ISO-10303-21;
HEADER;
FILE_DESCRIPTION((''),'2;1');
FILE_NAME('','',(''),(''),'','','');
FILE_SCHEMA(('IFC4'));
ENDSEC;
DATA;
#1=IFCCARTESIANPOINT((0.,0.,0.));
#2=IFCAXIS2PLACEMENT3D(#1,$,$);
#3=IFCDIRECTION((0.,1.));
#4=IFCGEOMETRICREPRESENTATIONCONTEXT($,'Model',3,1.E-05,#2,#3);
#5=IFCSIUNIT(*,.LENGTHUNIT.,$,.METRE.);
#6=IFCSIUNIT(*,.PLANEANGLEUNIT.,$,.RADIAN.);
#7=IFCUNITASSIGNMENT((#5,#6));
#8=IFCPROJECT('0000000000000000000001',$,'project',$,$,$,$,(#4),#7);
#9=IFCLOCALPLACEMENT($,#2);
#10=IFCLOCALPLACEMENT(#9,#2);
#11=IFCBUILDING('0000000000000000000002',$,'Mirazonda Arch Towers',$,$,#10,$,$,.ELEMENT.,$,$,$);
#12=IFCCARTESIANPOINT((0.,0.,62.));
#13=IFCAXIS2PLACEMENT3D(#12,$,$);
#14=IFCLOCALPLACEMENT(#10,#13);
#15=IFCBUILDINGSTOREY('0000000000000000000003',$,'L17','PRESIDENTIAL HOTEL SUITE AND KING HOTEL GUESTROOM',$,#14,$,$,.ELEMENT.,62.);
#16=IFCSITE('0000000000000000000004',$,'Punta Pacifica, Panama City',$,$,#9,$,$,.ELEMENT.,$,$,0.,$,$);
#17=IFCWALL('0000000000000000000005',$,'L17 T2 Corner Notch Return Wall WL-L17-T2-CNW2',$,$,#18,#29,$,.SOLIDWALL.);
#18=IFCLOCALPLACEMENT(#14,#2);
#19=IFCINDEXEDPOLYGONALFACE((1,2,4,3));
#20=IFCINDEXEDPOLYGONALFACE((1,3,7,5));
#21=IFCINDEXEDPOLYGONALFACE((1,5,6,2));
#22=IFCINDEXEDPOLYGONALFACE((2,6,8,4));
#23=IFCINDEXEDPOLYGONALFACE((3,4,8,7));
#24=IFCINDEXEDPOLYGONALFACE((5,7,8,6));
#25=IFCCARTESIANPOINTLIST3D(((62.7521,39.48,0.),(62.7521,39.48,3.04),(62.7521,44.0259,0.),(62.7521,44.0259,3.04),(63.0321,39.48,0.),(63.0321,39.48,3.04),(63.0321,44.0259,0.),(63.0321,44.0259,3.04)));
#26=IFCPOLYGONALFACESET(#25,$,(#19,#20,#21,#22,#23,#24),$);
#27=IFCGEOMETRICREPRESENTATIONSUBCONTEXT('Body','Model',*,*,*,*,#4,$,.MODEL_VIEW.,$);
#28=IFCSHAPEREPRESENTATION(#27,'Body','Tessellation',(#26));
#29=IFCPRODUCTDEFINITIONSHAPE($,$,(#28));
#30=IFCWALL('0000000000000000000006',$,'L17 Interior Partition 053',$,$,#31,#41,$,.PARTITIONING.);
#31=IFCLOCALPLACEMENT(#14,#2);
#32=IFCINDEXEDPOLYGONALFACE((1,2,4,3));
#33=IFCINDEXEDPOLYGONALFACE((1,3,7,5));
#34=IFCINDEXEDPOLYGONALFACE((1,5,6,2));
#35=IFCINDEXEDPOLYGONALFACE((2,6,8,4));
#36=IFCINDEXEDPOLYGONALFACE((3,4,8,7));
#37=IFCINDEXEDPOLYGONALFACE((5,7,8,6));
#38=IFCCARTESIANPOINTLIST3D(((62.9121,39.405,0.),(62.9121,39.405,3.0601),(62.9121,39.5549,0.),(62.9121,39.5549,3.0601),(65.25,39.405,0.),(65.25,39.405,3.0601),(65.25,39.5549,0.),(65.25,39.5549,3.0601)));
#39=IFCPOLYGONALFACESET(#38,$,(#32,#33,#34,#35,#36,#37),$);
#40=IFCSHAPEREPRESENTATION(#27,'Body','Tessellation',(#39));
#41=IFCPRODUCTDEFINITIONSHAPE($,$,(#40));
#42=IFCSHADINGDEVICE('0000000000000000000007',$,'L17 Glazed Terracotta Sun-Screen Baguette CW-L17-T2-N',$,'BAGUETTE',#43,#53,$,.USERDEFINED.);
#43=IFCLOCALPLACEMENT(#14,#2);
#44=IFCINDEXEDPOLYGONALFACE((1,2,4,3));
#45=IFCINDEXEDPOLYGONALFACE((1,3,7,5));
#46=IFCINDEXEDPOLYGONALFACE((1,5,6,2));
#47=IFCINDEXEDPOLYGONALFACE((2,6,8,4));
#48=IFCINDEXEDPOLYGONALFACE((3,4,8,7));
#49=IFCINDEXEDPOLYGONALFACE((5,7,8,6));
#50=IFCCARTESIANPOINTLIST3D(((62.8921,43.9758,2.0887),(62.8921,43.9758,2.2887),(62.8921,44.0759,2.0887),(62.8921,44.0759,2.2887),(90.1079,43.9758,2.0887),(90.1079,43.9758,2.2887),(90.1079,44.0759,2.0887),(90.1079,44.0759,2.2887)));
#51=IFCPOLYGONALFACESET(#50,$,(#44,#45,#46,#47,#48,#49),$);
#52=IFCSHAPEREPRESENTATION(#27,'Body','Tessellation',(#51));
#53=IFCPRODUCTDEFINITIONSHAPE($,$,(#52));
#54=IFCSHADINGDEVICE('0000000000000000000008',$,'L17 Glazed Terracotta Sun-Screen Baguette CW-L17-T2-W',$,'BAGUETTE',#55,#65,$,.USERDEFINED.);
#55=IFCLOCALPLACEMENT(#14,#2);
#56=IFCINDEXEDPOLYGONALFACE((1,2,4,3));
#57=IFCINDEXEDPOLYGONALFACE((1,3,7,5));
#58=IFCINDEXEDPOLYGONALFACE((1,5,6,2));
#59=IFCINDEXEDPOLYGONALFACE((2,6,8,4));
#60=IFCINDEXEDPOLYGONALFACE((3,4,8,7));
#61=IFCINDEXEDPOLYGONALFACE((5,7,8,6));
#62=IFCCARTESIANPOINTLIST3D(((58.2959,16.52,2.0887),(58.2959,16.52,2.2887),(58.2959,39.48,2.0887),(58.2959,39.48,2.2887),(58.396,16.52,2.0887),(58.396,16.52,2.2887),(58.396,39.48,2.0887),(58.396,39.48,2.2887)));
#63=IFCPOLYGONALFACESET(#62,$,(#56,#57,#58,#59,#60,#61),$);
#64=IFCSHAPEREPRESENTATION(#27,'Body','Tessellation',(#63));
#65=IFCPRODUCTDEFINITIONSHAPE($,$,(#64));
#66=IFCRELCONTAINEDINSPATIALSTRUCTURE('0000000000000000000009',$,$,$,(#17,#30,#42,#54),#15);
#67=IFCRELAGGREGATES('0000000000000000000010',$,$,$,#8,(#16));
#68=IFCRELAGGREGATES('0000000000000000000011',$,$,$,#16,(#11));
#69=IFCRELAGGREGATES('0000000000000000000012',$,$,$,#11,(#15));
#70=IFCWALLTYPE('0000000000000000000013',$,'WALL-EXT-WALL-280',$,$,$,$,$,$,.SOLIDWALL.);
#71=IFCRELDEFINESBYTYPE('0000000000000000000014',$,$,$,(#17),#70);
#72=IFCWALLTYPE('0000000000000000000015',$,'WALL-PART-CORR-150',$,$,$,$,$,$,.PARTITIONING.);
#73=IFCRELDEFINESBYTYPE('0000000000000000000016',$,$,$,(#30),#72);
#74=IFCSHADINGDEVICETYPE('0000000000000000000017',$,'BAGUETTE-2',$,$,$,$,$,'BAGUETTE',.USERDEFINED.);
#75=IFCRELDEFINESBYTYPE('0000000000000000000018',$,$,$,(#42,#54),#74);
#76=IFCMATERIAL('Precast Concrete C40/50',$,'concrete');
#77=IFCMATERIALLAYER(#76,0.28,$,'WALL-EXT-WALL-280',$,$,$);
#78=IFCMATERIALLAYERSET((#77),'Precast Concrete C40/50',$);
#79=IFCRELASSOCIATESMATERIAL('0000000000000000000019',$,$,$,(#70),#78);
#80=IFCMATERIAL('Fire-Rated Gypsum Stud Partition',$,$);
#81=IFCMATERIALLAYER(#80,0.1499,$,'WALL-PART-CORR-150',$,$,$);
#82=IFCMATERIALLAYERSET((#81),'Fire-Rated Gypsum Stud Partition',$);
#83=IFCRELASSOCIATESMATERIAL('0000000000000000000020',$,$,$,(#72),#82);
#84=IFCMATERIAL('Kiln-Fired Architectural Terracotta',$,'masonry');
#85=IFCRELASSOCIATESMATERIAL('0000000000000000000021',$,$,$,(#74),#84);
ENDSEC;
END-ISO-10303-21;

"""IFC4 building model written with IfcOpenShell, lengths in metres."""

from ifc_helpers import new_model, si_unit, direction, frame, frame_2d, origin, origin_2d, place, context, subcontext, project, spatial, rectangle, extrude, material, layer, layer_set, material_profile, profile_set, type_object, element, save


model = new_model("IFC4")

# Units and contexts
model_context = context("Model", 3, precision=1e-05, world=origin(), true_north=direction((0.0, 1.0)))
body_context = subcontext(model_context, "Body", "Model", "MODEL_VIEW")
ifc_project = project(units=[si_unit("LENGTHUNIT", "METRE"), si_unit("PLANEANGLEUNIT", "RADIAN")], contexts=[model_context])

# Site, building, storey
site_placement = place(None, origin())
site = spatial("IfcSite", under=ifc_project, at=site_placement, Name="Punta Pacifica, Panama City", CompositionType="ELEMENT", RefElevation=0.0)
building_placement = place(site_placement, origin())
building = spatial("IfcBuilding", under=site, at=building_placement, Name="Mirazonda Arch Towers", CompositionType="ELEMENT")
storey_placement = place(building_placement, frame((0.0, 0.0, 62.0)))
storey = spatial("IfcBuildingStorey", under=building, at=storey_placement, Name="L17", Description="PRESIDENTIAL HOTEL SUITE AND KING HOTEL GUESTROOM", CompositionType="ELEMENT", Elevation=62.0)

# Shared definitions
ifc_material_1 = material(Name="Precast Concrete C40/50", Category="concrete")
ifc_layer_1 = layer(ifc_material_1, 0.28, Name="WALL-EXT-WALL-280")
ifc_layer_set_1 = layer_set([ifc_layer_1], Name="Precast Concrete C40/50")
wall_type_1 = type_object("IfcWallType", Name="WALL-EXT-WALL-280", PredefinedType="SOLIDWALL", material=ifc_layer_set_1)

# Wall
wall_1_placement = place(storey_placement, frame((62.8921, 44.0259, 0.0), z_axis=(0.0, 0.0, 1.0), x_axis=(0.0, -1.0, 0.0)))
element("IfcWall", 1, at=wall_1_placement, inside=storey, type_object=wall_type_1, Name="L17 T2 Corner Notch Return Wall WL-L17-T2-CNW2", PredefinedType="SOLIDWALL", context=body_context, shape_type="SweptSolid", body=[
    extrude(rectangle(XDim=4.5459, YDim=0.28, at=frame_2d((2.2729, 0.0))), origin(), (0.0, 0.0, 1.0), 3.04),
])

# Shared definitions
ifc_material_2 = material(Name="Fire-Rated Gypsum Stud Partition")
ifc_layer_2 = layer(ifc_material_2, 0.1499, Name="WALL-PART-CORR-150")
ifc_layer_set_2 = layer_set([ifc_layer_2], Name="Fire-Rated Gypsum Stud Partition")
wall_type_2 = type_object("IfcWallType", Name="WALL-PART-CORR-150", PredefinedType="PARTITIONING", material=ifc_layer_set_2)

# Wall
wall_2_placement = place(storey_placement, frame((62.9121, 39.48, 0.0), z_axis=(0.0, 0.0, 1.0), x_axis=(1.0, 0.0, 0.0)))
element("IfcWall", 2, at=wall_2_placement, inside=storey, type_object=wall_type_2, Name="L17 Interior Partition 053", PredefinedType="PARTITIONING", context=body_context, shape_type="SweptSolid", body=[
    extrude(rectangle(XDim=2.3379, YDim=0.1499, at=frame_2d((1.1689, 0.0))), origin(), (0.0, 0.0, 1.0), 3.0601),
])

# Shading devices
ifc_material_3 = material(Name="Kiln-Fired Architectural Terracotta", Category="masonry")
ifc_material_profile_1 = material_profile(ifc_material_3, rectangle(XDim=0.1001, YDim=0.2, at=origin_2d()), Name="TERRA-BAG-100x200")
ifc_profile_set_1 = profile_set([ifc_material_profile_1], Name="Kiln-Fired Architectural Terracotta")
shading_device_type = type_object("IfcShadingDeviceType", Name="BAGUETTE-2", ElementType="BAGUETTE", PredefinedType="USERDEFINED", material=ifc_profile_set_1)
shading_device_1_placement = place(storey_placement, frame((62.8921, 44.0259, 2.1887), z_axis=(1.0, 0.0, 0.0), x_axis=(0.0, 1.0, 0.0)))
element("IfcShadingDevice", 3, at=shading_device_1_placement, inside=storey, type_object=shading_device_type, Name="L17 Glazed Terracotta Sun-Screen Baguette CW-L17-T2-N", ObjectType="BAGUETTE", PredefinedType="USERDEFINED", context=body_context, shape_type="SweptSolid", body=[
    extrude(rectangle(XDim=0.1001, YDim=0.2, at=origin_2d()), origin(), (0.0, 0.0, 1.0), 27.2158),
])
shading_device_2_placement = place(storey_placement, frame((58.3459, 39.48, 2.1887), z_axis=(0.0, -1.0, 0.0), x_axis=(1.0, 0.0, 0.0)))
element("IfcShadingDevice", 4, at=shading_device_2_placement, inside=storey, type_object=shading_device_type, Name="L17 Glazed Terracotta Sun-Screen Baguette CW-L17-T2-W", ObjectType="BAGUETTE", PredefinedType="USERDEFINED", context=body_context, shape_type="SweptSolid", body=[
    extrude(rectangle(XDim=0.1001, YDim=0.2, at=origin_2d()), origin(), (0.0, 0.0, 1.0), 22.96),
])

save(model, "model.ifc")
